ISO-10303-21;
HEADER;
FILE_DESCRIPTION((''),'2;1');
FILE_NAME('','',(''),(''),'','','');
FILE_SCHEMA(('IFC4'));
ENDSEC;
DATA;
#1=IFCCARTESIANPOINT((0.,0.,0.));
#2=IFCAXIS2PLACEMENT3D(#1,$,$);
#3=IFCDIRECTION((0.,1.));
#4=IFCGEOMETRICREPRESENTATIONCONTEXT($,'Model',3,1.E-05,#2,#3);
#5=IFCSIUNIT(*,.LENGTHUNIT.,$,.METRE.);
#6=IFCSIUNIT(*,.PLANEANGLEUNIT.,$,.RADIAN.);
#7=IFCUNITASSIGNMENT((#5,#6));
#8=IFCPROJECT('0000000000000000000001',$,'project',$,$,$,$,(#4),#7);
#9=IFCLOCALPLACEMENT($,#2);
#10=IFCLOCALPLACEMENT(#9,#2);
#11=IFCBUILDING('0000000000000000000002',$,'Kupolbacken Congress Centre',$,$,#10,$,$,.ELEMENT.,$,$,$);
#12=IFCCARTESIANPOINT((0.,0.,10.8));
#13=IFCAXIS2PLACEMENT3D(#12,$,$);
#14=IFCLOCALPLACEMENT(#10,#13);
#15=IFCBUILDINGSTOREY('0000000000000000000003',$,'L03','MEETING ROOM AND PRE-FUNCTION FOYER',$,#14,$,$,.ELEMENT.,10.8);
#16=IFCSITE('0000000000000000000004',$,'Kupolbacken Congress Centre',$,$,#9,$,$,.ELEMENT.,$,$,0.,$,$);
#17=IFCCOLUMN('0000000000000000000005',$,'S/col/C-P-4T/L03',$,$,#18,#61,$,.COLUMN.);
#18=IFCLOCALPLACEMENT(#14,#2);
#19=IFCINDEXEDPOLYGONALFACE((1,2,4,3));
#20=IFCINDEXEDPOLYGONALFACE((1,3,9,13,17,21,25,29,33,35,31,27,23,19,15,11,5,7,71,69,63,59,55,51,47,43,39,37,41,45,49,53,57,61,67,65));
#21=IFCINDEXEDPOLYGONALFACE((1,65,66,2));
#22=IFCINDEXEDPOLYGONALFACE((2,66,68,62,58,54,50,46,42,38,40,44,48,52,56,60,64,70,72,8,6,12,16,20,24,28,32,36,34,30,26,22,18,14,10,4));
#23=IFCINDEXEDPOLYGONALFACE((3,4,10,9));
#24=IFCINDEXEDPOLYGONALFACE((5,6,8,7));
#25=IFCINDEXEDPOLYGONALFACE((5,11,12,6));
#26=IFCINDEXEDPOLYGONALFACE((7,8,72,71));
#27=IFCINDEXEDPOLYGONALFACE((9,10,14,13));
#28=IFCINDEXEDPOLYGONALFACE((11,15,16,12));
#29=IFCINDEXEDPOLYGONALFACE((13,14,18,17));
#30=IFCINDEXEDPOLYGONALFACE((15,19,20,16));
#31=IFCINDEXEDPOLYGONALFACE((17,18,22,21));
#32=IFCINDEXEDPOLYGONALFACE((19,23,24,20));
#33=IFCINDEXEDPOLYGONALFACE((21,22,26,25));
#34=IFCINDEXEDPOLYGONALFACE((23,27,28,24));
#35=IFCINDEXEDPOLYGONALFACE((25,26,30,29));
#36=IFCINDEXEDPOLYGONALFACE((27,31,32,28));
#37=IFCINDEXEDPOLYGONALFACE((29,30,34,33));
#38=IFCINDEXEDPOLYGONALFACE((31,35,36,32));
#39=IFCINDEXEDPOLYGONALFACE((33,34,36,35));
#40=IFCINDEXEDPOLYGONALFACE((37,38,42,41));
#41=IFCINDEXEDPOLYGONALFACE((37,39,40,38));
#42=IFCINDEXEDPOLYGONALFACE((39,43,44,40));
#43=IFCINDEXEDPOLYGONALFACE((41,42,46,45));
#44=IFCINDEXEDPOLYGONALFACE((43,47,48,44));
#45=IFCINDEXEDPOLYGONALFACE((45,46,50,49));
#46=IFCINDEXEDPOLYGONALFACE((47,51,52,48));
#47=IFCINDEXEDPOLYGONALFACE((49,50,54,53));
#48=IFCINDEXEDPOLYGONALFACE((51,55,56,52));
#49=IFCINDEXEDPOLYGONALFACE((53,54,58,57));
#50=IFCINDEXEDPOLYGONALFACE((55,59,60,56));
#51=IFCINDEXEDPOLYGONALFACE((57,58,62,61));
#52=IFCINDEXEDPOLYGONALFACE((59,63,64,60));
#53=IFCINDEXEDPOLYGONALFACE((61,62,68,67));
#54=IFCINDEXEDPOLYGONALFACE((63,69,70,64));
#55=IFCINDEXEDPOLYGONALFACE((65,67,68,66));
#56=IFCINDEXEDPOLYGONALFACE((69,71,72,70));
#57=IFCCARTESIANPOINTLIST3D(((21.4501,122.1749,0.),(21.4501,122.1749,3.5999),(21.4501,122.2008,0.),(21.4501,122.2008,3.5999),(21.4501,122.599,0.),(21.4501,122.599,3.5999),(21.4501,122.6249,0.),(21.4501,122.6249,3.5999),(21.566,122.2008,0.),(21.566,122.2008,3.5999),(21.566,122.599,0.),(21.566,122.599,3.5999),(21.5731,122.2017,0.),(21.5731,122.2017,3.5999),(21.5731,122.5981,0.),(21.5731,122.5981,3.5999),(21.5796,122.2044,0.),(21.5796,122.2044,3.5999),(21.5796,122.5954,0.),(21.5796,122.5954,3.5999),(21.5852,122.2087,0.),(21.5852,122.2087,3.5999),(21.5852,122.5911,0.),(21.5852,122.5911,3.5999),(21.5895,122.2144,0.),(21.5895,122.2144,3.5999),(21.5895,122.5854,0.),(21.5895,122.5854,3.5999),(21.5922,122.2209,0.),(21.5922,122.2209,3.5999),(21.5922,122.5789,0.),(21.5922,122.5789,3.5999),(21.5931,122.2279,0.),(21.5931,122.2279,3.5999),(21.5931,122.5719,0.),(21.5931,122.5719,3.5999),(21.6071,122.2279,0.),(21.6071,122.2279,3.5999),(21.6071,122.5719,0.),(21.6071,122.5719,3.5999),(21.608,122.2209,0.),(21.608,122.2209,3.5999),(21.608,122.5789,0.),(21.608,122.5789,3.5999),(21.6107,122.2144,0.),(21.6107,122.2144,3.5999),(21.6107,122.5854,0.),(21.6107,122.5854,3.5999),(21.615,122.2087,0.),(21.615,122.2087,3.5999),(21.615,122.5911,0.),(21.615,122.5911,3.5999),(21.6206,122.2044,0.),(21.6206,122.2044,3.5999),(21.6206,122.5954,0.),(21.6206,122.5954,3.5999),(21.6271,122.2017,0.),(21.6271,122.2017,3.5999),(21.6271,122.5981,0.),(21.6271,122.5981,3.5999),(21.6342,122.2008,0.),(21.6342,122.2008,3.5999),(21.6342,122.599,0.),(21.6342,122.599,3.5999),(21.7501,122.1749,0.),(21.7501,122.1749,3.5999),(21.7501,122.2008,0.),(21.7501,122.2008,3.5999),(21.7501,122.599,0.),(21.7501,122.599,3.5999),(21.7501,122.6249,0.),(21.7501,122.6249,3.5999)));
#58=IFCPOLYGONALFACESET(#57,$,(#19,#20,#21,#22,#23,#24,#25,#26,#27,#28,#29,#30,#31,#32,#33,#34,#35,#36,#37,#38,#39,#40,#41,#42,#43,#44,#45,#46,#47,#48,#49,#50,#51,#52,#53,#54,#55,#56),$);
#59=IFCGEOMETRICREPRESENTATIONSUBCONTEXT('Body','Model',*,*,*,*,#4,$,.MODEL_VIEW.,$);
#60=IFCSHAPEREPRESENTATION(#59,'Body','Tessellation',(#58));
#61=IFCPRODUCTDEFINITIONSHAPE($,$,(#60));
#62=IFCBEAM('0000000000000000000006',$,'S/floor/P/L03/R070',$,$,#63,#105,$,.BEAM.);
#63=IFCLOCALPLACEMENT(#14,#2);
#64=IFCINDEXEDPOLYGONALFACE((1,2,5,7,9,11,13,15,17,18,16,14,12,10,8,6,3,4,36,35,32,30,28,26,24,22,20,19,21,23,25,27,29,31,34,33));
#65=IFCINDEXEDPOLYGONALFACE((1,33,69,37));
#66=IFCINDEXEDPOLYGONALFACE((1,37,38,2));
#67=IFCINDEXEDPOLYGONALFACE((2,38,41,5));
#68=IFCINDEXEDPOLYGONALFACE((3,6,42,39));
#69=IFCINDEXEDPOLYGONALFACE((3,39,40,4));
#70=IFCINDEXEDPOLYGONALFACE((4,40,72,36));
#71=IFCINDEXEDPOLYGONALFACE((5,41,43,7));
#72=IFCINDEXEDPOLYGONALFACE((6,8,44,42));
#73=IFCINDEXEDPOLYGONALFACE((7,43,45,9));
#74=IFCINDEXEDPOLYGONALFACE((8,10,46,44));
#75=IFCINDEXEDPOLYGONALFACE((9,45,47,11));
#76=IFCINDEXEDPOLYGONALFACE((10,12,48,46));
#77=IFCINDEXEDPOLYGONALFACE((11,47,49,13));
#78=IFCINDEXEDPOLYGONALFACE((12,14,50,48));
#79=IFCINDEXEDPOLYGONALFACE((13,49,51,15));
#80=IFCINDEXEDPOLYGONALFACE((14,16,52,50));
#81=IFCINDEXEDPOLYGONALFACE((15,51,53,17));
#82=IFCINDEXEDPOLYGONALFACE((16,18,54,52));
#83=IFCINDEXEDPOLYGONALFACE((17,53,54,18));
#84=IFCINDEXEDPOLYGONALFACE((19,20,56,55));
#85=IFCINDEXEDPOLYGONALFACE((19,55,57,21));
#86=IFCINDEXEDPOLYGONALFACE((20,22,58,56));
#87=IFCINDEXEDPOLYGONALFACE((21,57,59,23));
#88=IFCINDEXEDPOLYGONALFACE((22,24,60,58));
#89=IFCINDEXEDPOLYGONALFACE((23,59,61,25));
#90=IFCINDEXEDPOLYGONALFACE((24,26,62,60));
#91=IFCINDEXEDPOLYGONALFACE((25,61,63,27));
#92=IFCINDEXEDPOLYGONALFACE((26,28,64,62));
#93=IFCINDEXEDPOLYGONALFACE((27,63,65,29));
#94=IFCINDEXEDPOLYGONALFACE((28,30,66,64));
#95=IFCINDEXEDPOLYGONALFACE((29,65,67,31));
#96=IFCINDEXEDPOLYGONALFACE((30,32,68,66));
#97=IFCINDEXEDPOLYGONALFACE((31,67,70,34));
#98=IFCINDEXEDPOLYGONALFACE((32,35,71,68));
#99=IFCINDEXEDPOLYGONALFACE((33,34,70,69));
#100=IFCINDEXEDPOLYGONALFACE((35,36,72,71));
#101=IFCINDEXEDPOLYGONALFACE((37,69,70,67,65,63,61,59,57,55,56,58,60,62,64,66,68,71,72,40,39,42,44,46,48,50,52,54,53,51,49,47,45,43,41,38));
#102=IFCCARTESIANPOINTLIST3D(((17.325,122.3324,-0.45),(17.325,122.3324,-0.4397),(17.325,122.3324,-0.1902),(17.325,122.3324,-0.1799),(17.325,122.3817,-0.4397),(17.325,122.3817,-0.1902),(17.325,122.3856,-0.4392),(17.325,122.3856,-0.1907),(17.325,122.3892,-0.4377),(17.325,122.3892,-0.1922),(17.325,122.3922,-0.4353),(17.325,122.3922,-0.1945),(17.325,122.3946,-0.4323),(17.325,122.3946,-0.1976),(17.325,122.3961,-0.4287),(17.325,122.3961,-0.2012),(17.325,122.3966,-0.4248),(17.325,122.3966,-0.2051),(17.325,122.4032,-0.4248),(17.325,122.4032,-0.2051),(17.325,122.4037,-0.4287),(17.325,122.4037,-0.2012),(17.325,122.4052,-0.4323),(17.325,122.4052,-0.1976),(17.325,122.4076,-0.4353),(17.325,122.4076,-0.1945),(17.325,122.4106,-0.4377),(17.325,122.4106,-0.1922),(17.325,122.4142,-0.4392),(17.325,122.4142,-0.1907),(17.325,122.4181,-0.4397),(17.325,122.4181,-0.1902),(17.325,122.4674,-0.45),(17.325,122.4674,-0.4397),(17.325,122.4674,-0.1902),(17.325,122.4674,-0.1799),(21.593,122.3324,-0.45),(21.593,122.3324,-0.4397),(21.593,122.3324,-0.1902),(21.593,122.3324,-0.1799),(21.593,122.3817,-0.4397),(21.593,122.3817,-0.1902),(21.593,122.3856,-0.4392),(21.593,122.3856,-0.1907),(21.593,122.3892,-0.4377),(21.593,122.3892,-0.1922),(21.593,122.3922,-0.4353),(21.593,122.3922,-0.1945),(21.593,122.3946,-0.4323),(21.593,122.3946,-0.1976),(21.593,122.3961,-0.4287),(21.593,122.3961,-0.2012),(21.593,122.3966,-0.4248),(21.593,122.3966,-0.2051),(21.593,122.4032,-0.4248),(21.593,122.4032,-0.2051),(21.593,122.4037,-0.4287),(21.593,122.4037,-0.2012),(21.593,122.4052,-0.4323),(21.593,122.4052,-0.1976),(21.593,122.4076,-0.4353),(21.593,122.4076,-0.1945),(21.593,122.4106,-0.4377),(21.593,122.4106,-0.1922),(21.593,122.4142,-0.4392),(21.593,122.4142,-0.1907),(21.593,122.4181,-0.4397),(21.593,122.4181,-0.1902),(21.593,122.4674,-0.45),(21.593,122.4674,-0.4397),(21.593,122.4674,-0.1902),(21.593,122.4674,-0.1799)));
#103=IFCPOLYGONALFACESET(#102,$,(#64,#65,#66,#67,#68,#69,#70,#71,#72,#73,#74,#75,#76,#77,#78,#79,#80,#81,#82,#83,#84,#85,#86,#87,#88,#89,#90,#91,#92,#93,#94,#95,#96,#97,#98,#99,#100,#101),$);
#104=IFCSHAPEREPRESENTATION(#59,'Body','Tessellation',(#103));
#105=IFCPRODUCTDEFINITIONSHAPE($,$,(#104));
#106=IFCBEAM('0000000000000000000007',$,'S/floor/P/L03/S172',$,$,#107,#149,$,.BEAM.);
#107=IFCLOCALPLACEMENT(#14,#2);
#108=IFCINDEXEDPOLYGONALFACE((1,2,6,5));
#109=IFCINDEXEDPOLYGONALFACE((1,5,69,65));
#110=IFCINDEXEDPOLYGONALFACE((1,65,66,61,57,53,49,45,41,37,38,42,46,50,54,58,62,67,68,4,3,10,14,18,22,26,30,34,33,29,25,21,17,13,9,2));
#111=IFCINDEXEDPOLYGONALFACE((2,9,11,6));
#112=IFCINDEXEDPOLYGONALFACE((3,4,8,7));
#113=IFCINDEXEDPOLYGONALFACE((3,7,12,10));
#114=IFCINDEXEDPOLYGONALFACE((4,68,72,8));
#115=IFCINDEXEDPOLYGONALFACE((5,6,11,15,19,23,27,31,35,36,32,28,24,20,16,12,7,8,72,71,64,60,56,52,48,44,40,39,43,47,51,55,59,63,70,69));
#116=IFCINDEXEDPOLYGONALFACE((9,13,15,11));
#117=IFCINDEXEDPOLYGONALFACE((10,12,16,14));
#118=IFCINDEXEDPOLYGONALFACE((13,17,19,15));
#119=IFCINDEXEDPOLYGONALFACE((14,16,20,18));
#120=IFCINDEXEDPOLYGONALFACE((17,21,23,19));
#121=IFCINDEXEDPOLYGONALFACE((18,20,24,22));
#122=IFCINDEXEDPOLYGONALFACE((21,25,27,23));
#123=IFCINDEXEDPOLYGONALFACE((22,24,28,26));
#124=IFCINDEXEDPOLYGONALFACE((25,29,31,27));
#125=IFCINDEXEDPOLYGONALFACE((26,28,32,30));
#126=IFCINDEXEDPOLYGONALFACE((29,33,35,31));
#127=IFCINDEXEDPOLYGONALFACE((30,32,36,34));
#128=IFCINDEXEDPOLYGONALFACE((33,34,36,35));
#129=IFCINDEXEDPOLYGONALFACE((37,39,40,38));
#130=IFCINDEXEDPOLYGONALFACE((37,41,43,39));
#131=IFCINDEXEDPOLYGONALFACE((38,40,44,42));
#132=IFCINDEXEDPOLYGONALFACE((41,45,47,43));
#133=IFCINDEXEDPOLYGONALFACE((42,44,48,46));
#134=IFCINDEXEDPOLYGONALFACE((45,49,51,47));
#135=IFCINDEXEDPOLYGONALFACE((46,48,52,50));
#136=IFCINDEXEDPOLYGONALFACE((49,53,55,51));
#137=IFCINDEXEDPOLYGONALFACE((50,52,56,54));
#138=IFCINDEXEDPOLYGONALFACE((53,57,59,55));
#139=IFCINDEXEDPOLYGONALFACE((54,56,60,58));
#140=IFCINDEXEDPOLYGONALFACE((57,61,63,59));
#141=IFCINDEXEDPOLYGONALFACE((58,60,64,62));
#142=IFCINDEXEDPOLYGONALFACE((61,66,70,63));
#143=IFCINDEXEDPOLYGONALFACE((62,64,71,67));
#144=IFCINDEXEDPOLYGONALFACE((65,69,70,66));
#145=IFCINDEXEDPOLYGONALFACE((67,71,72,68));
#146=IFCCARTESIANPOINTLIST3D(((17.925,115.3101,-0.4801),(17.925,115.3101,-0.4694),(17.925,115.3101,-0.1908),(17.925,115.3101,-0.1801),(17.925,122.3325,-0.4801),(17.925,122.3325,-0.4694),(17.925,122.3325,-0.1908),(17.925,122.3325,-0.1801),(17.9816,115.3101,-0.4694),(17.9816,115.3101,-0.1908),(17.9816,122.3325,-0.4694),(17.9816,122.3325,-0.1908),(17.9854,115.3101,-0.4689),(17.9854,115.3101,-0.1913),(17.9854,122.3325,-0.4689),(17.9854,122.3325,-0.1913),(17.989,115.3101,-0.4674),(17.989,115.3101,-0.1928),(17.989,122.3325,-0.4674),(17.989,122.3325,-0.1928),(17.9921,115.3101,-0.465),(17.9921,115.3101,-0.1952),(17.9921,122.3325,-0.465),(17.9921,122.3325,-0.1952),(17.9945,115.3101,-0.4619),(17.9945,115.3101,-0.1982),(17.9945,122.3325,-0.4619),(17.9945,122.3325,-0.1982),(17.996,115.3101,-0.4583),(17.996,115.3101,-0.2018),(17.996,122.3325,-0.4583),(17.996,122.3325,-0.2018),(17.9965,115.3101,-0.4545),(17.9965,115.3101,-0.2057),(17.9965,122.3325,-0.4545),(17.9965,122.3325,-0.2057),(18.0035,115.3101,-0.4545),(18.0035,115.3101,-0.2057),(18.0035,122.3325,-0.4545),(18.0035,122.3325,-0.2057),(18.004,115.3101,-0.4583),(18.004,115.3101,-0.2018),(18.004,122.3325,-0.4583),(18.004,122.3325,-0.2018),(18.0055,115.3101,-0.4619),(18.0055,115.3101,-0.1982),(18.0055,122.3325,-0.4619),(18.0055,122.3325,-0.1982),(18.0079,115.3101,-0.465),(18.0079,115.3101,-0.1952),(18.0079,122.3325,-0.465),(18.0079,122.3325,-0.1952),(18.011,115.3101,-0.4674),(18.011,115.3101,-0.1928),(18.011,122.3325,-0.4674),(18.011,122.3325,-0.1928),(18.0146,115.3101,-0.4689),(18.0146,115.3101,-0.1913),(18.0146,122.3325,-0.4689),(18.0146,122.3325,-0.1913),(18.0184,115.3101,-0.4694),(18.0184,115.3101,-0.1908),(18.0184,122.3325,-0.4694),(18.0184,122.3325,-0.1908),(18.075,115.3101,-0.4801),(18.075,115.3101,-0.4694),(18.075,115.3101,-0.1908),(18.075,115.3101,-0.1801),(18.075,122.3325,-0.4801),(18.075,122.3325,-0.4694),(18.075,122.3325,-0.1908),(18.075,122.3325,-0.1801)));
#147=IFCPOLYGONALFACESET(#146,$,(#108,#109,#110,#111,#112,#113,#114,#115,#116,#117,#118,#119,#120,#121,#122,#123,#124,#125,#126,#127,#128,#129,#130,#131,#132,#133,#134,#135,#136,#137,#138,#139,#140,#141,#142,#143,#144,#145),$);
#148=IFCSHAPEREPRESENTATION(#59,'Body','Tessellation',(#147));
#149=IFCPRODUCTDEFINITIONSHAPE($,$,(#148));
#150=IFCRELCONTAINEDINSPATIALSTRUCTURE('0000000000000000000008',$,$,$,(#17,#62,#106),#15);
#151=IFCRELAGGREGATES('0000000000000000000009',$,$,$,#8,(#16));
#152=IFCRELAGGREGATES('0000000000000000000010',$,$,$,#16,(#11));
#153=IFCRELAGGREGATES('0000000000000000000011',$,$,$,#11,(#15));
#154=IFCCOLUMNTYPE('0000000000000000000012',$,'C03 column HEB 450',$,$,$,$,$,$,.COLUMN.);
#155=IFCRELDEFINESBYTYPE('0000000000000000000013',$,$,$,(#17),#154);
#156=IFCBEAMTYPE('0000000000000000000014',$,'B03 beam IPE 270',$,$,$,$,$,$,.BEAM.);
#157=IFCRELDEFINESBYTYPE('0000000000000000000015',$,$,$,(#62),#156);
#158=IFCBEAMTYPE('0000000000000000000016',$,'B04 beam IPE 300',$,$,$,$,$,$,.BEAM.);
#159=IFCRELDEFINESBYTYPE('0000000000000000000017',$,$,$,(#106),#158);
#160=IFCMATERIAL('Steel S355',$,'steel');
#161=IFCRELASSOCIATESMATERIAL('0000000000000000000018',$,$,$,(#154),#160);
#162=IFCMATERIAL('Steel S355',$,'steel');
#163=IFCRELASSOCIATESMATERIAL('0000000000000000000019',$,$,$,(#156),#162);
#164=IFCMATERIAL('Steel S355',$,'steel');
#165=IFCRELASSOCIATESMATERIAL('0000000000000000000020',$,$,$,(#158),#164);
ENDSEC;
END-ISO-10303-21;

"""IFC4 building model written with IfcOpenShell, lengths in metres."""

from ifc_helpers import new_model, si_unit, direction, frame, origin, origin_2d, place, context, subcontext, project, spatial, i_section, extrude, material, material_profile, profile_set, type_object, element, save


model = new_model("IFC4")

# Units and contexts
model_context = context("Model", 3, precision=1e-05, world=origin(), true_north=direction((0.0, 1.0)))
body_context = subcontext(model_context, "Body", "Model", "MODEL_VIEW")
ifc_project = project(units=[si_unit("LENGTHUNIT", "METRE"), si_unit("PLANEANGLEUNIT", "RADIAN")], contexts=[model_context])

# Site, building, storey
site_placement = place(None, origin())
site = spatial("IfcSite", under=ifc_project, at=site_placement, Name="Kupolbacken Congress Centre", CompositionType="ELEMENT", RefElevation=0.0)
building_placement = place(site_placement, origin())
building = spatial("IfcBuilding", under=site, at=building_placement, Name="Kupolbacken Congress Centre", CompositionType="ELEMENT")
storey_placement = place(building_placement, frame((0.0, 0.0, 10.8)))
storey = spatial("IfcBuildingStorey", under=building, at=storey_placement, Name="L03", Description="MEETING ROOM AND PRE-FUNCTION FOYER", CompositionType="ELEMENT", Elevation=10.8)

# Column
ifc_material_1 = material(Name="Steel S355", Category="steel")
ifc_material_profile_1 = material_profile(ifc_material_1, i_section(OverallWidth=0.3, OverallDepth=0.45, WebThickness=0.0139, FlangeThickness=0.0259, FilletRadius=0.0271, at=origin_2d()), Name="HEB 450")
ifc_profile_set_1 = profile_set([ifc_material_profile_1], Name="Steel S355")
column_type = type_object("IfcColumnType", Name="C03 column HEB 450", PredefinedType="COLUMN", material=ifc_profile_set_1)
column_placement = place(storey_placement, frame((21.6001, 122.3999, 0.0), z_axis=(0.0, 0.0, 1.0), x_axis=(1.0, 0.0, 0.0)))
element("IfcColumn", 1, at=column_placement, inside=storey, type_object=column_type, Name="S/col/C-P-4T/L03", PredefinedType="COLUMN", context=body_context, shape_type="SweptSolid", body=[
    extrude(i_section(OverallWidth=0.3, OverallDepth=0.45, WebThickness=0.0139, FlangeThickness=0.0259, FilletRadius=0.0271, at=origin_2d()), origin(), (0.0, 0.0, 1.0), 3.5999),
])

# Beams
ifc_material_2 = material(Name="Steel S355", Category="steel")
ifc_material_profile_2 = material_profile(ifc_material_2, i_section(OverallWidth=0.135, OverallDepth=0.27, WebThickness=0.0066, FlangeThickness=0.0103, FilletRadius=0.0149, at=origin_2d()), Name="IPE 270")
ifc_profile_set_2 = profile_set([ifc_material_profile_2], Name="Steel S355")
beam_type_1 = type_object("IfcBeamType", Name="B03 beam IPE 270", PredefinedType="BEAM", material=ifc_profile_set_2)
beam_1_placement = place(storey_placement, frame((17.325, 122.3999, -0.3149), z_axis=(1.0, 0.0, 0.0), x_axis=(0.0, 1.0, 0.0)))
element("IfcBeam", 2, at=beam_1_placement, inside=storey, type_object=beam_type_1, Name="S/floor/P/L03/R070", PredefinedType="BEAM", context=body_context, shape_type="SweptSolid", body=[
    extrude(i_section(OverallWidth=0.135, OverallDepth=0.27, WebThickness=0.0066, FlangeThickness=0.0103, FilletRadius=0.0149, at=origin_2d()), origin(), (0.0, 0.0, 1.0), 4.2681),
])
ifc_material_3 = material(Name="Steel S355", Category="steel")
ifc_material_profile_3 = material_profile(ifc_material_3, i_section(OverallWidth=0.1499, OverallDepth=0.3, WebThickness=0.0071, FlangeThickness=0.0107, FilletRadius=0.0149, at=origin_2d()), Name="IPE 300")
ifc_profile_set_3 = profile_set([ifc_material_profile_3], Name="Steel S355")
beam_type_2 = type_object("IfcBeamType", Name="B04 beam IPE 300", PredefinedType="BEAM", material=ifc_profile_set_3)
beam_2_placement = place(storey_placement, frame((18.0, 115.3101, -0.3301), z_axis=(0.0, 1.0, 0.0), x_axis=(-1.0, 0.0, 0.0)))
element("IfcBeam", 3, at=beam_2_placement, inside=storey, type_object=beam_type_2, Name="S/floor/P/L03/S172", PredefinedType="BEAM", context=body_context, shape_type="SweptSolid", body=[
    extrude(i_section(OverallWidth=0.1499, OverallDepth=0.3, WebThickness=0.0071, FlangeThickness=0.0107, FilletRadius=0.0149, at=origin_2d()), origin(), (0.0, 0.0, 1.0), 7.0225),
])

save(model, "model.ifc")
